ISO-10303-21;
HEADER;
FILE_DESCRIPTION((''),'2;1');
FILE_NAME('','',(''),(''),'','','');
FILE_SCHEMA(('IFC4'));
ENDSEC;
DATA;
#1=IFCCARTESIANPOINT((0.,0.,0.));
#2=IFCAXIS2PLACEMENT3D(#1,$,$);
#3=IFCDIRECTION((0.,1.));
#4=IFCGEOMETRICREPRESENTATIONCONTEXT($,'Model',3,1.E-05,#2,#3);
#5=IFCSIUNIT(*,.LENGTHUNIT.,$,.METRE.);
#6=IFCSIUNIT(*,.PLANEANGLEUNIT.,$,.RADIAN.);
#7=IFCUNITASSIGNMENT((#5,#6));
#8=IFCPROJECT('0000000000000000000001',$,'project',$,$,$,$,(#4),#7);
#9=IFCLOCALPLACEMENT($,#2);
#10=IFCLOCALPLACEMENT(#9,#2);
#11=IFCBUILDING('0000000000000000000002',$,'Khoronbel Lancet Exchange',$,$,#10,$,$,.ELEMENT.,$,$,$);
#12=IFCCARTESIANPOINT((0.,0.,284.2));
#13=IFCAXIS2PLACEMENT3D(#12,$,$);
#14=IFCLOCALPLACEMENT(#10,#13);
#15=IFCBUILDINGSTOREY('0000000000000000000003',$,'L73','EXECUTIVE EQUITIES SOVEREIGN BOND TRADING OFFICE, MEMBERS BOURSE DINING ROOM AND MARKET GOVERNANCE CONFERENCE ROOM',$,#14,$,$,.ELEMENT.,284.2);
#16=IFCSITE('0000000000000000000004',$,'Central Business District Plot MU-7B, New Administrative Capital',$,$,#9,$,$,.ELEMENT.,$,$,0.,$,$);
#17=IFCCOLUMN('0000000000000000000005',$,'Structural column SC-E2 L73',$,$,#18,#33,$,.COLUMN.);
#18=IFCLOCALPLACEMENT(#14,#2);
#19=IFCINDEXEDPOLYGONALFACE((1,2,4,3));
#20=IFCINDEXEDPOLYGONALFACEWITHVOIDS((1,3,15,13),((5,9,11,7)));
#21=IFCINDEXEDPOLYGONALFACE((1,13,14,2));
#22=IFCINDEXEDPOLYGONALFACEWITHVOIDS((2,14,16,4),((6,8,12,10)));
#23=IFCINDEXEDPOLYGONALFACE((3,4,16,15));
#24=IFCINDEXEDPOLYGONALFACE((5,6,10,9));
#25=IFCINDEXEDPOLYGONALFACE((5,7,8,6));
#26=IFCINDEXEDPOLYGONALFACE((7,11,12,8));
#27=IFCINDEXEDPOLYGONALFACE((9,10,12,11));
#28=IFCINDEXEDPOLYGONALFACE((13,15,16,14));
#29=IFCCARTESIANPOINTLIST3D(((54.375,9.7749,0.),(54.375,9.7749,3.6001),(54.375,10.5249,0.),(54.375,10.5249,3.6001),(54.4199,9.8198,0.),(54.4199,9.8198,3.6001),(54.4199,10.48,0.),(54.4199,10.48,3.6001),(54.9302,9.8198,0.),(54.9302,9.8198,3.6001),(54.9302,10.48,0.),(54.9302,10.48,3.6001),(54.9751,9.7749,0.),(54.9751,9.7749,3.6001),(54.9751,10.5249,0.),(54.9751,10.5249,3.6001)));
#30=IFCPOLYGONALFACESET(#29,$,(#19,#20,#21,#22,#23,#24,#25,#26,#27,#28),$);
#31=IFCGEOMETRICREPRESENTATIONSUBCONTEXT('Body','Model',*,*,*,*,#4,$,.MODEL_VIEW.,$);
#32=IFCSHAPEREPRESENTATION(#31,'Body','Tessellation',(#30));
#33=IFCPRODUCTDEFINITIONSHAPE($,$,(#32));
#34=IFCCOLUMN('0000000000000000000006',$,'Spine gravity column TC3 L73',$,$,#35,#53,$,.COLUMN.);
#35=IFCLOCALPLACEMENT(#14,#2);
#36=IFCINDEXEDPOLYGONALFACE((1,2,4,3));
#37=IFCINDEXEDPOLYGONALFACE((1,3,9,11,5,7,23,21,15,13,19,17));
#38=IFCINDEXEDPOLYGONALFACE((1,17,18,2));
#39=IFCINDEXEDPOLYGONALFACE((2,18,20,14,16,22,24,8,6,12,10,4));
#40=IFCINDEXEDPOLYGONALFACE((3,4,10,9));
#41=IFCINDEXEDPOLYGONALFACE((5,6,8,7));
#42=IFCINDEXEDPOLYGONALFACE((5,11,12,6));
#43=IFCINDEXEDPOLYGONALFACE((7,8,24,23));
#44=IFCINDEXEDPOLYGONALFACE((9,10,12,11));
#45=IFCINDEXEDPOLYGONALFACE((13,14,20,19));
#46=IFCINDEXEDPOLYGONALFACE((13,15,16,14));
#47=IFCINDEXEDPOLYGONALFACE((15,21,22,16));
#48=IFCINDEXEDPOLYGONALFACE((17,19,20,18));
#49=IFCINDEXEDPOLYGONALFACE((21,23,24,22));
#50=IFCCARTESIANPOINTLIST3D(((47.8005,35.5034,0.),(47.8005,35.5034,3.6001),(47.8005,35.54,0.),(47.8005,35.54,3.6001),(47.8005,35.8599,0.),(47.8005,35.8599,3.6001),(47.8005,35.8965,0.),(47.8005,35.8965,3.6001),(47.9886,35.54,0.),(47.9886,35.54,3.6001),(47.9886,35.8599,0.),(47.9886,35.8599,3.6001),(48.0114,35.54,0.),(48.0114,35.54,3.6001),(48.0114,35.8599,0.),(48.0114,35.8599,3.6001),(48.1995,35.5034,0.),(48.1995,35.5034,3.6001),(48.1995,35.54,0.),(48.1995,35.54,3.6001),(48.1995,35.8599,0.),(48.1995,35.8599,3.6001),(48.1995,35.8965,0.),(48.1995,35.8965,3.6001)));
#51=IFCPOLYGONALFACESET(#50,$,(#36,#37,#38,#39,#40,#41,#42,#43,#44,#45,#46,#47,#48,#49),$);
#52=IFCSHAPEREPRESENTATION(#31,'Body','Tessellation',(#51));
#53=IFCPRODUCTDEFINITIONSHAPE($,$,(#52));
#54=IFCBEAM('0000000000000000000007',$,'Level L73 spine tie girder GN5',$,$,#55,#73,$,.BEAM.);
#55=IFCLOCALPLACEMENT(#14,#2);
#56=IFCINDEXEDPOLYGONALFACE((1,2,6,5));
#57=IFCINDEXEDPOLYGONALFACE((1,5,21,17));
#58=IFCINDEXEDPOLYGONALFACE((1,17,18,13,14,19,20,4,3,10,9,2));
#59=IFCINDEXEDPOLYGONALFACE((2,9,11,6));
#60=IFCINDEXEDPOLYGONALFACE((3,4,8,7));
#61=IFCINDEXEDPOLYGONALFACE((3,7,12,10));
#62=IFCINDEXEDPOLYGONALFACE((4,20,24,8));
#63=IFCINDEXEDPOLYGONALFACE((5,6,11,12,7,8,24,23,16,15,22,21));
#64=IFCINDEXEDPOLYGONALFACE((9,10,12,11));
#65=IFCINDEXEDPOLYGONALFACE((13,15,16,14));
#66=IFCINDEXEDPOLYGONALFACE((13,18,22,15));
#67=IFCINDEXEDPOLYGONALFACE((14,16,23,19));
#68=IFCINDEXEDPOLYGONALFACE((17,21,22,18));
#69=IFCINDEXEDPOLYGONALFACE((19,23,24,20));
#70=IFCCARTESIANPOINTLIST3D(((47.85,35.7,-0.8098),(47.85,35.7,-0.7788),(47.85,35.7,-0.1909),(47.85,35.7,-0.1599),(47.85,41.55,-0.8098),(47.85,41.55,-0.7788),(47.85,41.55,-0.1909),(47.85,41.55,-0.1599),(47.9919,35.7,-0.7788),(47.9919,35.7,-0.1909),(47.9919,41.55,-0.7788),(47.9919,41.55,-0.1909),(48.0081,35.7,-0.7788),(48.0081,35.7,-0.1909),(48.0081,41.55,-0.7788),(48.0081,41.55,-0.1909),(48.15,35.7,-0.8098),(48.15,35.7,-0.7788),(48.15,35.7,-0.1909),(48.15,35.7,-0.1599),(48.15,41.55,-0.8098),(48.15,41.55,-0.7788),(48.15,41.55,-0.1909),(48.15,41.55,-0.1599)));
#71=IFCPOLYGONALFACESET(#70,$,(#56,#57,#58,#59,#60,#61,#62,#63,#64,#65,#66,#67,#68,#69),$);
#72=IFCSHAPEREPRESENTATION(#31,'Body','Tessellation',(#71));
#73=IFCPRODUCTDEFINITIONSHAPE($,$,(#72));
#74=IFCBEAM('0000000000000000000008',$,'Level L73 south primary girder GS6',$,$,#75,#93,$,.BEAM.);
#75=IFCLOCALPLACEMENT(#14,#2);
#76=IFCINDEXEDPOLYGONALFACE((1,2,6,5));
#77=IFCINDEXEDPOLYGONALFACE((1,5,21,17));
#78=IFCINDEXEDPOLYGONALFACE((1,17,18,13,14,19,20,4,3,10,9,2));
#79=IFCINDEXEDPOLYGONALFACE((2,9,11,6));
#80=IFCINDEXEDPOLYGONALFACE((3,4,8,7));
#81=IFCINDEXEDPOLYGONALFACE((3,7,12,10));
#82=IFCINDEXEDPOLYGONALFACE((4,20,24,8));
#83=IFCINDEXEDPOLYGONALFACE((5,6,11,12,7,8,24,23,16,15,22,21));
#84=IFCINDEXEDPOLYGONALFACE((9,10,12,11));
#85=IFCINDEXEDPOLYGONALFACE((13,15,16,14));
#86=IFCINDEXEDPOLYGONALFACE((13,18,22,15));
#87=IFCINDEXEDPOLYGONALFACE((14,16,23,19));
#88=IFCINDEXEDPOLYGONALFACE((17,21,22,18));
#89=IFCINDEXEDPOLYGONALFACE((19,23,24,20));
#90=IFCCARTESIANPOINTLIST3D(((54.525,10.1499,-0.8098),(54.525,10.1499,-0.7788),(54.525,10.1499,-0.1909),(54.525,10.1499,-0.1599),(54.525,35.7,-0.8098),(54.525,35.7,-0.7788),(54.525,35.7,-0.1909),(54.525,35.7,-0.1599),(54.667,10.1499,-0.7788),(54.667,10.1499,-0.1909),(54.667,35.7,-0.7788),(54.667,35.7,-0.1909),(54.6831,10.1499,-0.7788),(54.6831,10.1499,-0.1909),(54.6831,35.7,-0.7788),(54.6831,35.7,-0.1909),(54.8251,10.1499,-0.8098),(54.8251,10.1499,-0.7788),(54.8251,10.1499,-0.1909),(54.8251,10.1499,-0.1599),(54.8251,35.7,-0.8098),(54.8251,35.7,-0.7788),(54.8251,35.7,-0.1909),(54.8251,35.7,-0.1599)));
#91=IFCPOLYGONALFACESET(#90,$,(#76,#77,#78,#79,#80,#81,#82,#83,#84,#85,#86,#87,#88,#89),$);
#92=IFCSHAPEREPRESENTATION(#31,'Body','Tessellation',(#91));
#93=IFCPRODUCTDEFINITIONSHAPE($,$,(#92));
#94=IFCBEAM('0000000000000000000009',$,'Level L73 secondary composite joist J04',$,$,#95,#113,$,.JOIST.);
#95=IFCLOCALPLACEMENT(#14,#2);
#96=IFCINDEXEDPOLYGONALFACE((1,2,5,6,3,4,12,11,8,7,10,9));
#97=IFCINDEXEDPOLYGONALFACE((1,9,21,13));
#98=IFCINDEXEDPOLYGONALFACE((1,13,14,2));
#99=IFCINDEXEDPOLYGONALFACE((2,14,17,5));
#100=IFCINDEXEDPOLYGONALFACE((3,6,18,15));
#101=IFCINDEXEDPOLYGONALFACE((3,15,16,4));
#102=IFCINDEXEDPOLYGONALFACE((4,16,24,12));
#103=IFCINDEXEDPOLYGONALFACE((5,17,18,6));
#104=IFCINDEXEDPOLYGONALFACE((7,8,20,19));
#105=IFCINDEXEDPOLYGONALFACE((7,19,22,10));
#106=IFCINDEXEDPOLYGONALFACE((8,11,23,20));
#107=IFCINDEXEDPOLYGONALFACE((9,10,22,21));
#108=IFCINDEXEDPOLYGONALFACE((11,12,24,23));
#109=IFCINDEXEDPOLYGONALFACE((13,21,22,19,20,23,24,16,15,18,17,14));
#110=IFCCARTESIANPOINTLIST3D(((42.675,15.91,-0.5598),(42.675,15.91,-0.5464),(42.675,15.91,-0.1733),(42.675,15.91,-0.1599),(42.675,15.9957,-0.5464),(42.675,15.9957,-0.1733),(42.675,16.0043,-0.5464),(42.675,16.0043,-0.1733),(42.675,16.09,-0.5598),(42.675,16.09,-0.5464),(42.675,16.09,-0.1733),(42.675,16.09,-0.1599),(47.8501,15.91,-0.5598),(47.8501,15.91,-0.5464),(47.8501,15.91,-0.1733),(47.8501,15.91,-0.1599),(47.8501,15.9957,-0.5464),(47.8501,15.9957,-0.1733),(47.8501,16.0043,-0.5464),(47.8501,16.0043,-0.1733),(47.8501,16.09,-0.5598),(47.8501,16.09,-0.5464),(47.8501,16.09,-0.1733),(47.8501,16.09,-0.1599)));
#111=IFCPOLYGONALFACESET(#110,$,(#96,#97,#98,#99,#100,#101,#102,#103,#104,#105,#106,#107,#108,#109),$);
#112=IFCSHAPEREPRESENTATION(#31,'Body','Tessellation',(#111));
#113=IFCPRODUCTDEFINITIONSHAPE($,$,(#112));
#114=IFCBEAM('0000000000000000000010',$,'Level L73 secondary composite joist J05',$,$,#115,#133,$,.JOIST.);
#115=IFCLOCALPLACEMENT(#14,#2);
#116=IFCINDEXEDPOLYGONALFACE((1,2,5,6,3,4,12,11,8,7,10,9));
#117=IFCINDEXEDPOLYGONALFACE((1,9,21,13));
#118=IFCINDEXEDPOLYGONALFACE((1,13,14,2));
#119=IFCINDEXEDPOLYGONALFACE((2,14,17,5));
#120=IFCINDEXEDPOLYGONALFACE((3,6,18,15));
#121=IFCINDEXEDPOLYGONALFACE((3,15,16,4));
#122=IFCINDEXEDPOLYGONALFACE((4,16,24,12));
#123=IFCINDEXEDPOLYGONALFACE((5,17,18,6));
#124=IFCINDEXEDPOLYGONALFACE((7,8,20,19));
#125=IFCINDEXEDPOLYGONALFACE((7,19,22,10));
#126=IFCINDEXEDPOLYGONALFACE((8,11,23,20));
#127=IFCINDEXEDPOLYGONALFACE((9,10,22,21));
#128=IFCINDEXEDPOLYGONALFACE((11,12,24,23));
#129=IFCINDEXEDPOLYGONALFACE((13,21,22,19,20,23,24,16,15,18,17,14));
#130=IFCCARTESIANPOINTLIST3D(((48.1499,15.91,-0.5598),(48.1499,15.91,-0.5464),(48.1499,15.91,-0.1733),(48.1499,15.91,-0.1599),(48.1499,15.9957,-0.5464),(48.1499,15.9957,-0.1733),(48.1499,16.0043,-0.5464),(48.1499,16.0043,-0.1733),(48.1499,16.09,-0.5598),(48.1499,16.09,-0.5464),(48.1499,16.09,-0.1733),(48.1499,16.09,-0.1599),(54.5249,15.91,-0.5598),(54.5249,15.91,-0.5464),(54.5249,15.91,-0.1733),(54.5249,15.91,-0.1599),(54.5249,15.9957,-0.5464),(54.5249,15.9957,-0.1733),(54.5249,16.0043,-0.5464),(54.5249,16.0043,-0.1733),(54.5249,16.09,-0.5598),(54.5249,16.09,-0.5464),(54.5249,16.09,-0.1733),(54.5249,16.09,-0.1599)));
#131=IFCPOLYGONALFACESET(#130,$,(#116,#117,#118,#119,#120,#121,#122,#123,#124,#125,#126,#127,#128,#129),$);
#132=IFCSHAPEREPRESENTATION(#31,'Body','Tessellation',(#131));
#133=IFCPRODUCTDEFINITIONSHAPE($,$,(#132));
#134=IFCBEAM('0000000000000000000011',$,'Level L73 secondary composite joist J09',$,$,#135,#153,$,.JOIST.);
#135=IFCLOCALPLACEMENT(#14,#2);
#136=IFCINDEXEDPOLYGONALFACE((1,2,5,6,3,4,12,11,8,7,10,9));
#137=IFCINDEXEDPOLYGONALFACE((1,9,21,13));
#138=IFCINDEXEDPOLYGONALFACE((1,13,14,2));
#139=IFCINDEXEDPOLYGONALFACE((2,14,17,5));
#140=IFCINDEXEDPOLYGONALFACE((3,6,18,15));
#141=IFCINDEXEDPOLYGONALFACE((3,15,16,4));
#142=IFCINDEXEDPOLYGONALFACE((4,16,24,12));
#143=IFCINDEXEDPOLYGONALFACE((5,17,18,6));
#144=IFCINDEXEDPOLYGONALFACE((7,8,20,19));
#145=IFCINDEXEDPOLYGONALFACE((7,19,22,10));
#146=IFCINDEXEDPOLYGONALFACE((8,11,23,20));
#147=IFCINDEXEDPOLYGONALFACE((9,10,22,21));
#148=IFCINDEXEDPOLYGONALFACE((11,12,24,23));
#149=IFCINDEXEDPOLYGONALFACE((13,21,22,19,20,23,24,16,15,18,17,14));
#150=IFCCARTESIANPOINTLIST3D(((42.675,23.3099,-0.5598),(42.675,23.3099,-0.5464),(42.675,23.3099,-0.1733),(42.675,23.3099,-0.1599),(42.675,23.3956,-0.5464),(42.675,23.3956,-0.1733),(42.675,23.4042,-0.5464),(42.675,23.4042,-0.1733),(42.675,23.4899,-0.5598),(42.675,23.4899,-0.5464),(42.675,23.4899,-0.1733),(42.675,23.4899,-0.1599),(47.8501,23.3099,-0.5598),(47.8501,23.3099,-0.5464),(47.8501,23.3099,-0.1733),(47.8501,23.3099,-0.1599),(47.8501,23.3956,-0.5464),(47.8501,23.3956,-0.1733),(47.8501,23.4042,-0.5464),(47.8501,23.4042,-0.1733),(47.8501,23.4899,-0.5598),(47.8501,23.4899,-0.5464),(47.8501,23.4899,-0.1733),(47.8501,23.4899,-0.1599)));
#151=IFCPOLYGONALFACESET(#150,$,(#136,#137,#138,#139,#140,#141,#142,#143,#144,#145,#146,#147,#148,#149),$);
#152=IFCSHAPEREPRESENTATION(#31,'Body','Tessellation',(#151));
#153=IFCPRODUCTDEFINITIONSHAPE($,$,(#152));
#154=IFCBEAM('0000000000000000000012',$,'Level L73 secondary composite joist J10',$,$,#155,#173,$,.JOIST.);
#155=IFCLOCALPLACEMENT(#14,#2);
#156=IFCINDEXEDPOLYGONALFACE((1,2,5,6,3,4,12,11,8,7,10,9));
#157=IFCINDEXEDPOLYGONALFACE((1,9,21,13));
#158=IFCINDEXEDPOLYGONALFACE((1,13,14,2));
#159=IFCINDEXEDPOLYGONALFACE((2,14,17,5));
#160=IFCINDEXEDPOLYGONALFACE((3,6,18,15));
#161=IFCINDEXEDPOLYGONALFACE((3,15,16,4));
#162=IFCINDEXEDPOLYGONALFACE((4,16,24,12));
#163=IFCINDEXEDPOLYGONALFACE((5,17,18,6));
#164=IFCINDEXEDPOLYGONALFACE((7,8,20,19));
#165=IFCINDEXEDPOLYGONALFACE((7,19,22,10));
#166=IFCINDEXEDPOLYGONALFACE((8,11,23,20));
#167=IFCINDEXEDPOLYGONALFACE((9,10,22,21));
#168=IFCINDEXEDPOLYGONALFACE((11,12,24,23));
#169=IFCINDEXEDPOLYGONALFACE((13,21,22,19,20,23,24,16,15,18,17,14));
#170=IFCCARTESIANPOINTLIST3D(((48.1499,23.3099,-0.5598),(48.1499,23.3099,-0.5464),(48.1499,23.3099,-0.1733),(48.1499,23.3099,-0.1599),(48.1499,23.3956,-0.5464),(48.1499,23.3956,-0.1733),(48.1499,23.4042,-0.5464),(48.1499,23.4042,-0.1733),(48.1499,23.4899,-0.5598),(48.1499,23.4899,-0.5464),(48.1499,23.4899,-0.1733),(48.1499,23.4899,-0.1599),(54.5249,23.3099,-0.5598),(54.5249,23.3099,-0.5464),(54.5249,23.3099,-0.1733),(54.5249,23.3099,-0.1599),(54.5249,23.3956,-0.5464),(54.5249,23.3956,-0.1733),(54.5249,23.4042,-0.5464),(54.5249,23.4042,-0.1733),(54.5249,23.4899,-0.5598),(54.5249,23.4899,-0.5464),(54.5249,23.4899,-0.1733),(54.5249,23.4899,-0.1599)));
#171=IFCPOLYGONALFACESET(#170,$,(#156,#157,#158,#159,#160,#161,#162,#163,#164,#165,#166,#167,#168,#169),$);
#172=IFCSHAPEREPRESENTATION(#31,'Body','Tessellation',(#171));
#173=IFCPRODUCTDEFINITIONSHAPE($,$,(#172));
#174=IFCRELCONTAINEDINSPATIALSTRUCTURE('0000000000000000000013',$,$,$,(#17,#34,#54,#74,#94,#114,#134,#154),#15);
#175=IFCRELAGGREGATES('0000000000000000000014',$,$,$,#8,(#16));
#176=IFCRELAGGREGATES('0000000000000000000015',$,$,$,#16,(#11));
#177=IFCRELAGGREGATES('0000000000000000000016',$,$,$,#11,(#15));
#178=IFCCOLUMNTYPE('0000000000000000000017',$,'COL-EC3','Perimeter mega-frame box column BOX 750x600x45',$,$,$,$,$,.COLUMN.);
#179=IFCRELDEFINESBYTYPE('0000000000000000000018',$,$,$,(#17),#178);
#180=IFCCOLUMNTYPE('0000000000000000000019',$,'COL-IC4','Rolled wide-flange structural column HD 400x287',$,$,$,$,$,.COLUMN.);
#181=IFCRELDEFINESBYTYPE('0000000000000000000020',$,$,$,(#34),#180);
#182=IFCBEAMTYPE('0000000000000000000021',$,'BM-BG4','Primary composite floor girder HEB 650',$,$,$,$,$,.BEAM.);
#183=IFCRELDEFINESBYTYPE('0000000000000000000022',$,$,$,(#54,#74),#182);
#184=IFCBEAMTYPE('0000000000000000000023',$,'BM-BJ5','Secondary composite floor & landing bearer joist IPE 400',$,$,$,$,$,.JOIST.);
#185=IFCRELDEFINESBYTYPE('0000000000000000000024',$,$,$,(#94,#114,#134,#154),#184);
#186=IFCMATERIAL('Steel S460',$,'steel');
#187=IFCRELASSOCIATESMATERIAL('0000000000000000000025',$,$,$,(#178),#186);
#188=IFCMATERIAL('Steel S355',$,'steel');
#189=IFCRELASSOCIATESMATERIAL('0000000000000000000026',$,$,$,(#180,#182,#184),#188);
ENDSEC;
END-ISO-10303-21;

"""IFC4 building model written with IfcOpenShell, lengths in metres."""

from ifc_helpers import new_model, si_unit, direction, frame, origin, origin_2d, place, context, subcontext, project, spatial, hollow_rectangle, i_section, extrude, material, material_profile, profile_set, type_object, element, save


model = new_model("IFC4")

# Units and contexts
model_context = context("Model", 3, precision=1e-05, world=origin(), true_north=direction((0.0, 1.0)))
body_context = subcontext(model_context, "Body", "Model", "MODEL_VIEW")
ifc_project = project(units=[si_unit("LENGTHUNIT", "METRE"), si_unit("PLANEANGLEUNIT", "RADIAN")], contexts=[model_context])

# Site, building, storey
site_placement = place(None, origin())
site = spatial("IfcSite", under=ifc_project, at=site_placement, Name="Central Business District Plot MU-7B, New Administrative Capital", CompositionType="ELEMENT", RefElevation=0.0)
building_placement = place(site_placement, origin())
building = spatial("IfcBuilding", under=site, at=building_placement, Name="Khoronbel Lancet Exchange", CompositionType="ELEMENT")
storey_placement = place(building_placement, frame((0.0, 0.0, 284.2)))
storey = spatial("IfcBuildingStorey", under=building, at=storey_placement, Name="L73", Description="EXECUTIVE EQUITIES SOVEREIGN BOND TRADING OFFICE, MEMBERS BOURSE DINING ROOM AND MARKET GOVERNANCE CONFERENCE ROOM", CompositionType="ELEMENT", Elevation=284.2)

# Columns
ifc_material_1 = material(Name="Steel S460", Category="steel")
ifc_material_profile_1 = material_profile(ifc_material_1, hollow_rectangle(XDim=0.6001, YDim=0.75, WallThickness=0.0449, at=origin_2d()), Name="BOX 750x600x45")
ifc_profile_set_1 = profile_set([ifc_material_profile_1], Name="Steel S460")
column_type_1 = type_object("IfcColumnType", Name="COL-EC3", Description="Perimeter mega-frame box column BOX 750x600x45", PredefinedType="COLUMN", material=ifc_profile_set_1)
column_1_placement = place(storey_placement, frame((54.675, 10.1499, 0.0), z_axis=(0.0, 0.0, 1.0), x_axis=(1.0, 0.0, 0.0)))
element("IfcColumn", 1, at=column_1_placement, inside=storey, type_object=column_type_1, Name="Structural column SC-E2 L73", PredefinedType="COLUMN", context=body_context, shape_type="SweptSolid", body=[
    extrude(hollow_rectangle(XDim=0.6001, YDim=0.75, WallThickness=0.0449, at=origin_2d()), origin(), (0.0, 0.0, 1.0), 3.6001),
])
ifc_material_2 = material(Name="Steel S355", Category="steel")
ifc_material_profile_2 = material_profile(ifc_material_2, i_section(OverallWidth=0.3989, OverallDepth=0.3931, WebThickness=0.0227, FlangeThickness=0.0366, at=origin_2d()), Name="HD 400x287")
ifc_profile_set_2 = profile_set([ifc_material_profile_2], Name="Steel S355")
column_type_2 = type_object("IfcColumnType", Name="COL-IC4", Description="Rolled wide-flange structural column HD 400x287", PredefinedType="COLUMN", material=ifc_profile_set_2)
column_2_placement = place(storey_placement, frame((48.0, 35.7, 0.0), z_axis=(0.0, 0.0, 1.0), x_axis=(1.0, 0.0, 0.0)))
element("IfcColumn", 2, at=column_2_placement, inside=storey, type_object=column_type_2, Name="Spine gravity column TC3 L73", PredefinedType="COLUMN", context=body_context, shape_type="SweptSolid", body=[
    extrude(i_section(OverallWidth=0.3989, OverallDepth=0.3931, WebThickness=0.0227, FlangeThickness=0.0366, at=origin_2d()), origin(), (0.0, 0.0, 1.0), 3.6001),
])

# Beams
ifc_material_profile_3 = material_profile(ifc_material_2, i_section(OverallWidth=0.3, OverallDepth=0.6499, WebThickness=0.0161, FlangeThickness=0.031, at=origin_2d()), Name="HEB 650")
ifc_profile_set_3 = profile_set([ifc_material_profile_3], Name="Steel S355")
beam_type_1 = type_object("IfcBeamType", Name="BM-BG4", Description="Primary composite floor girder HEB 650", PredefinedType="BEAM", material=ifc_profile_set_3)
beam_1_placement = place(storey_placement, frame((48.0, 35.7, -0.4849), z_axis=(0.0, 1.0, 0.0), x_axis=(-1.0, 0.0, 0.0)))
element("IfcBeam", 3, at=beam_1_placement, inside=storey, type_object=beam_type_1, Name="Level L73 spine tie girder GN5", PredefinedType="BEAM", context=body_context, shape_type="SweptSolid", body=[
    extrude(i_section(OverallWidth=0.3, OverallDepth=0.6499, WebThickness=0.0161, FlangeThickness=0.031, at=origin_2d()), origin(), (0.0, 0.0, 1.0), 5.8501),
])
beam_2_placement = place(storey_placement, frame((54.675, 10.1499, -0.4849), z_axis=(0.0, 1.0, 0.0), x_axis=(-1.0, 0.0, 0.0)))
element("IfcBeam", 4, at=beam_2_placement, inside=storey, type_object=beam_type_1, Name="Level L73 south primary girder GS6", PredefinedType="BEAM", context=body_context, shape_type="SweptSolid", body=[
    extrude(i_section(OverallWidth=0.3, OverallDepth=0.6499, WebThickness=0.0161, FlangeThickness=0.031, at=origin_2d()), origin(), (0.0, 0.0, 1.0), 25.55),
])
ifc_material_profile_4 = material_profile(ifc_material_2, i_section(OverallWidth=0.1799, OverallDepth=0.3999, WebThickness=0.0085, FlangeThickness=0.0134, at=origin_2d()), Name="IPE 400")
ifc_profile_set_4 = profile_set([ifc_material_profile_4], Name="Steel S355")
beam_type_2 = type_object("IfcBeamType", Name="BM-BJ5", Description="Secondary composite floor & landing bearer joist IPE 400", PredefinedType="JOIST", material=ifc_profile_set_4)
beam_3_placement = place(storey_placement, frame((42.675, 16.0, -0.3599), z_axis=(1.0, 0.0, 0.0), x_axis=(0.0, 1.0, 0.0)))
element("IfcBeam", 5, at=beam_3_placement, inside=storey, type_object=beam_type_2, Name="Level L73 secondary composite joist J04", PredefinedType="JOIST", context=body_context, shape_type="SweptSolid", body=[
    extrude(i_section(OverallWidth=0.1799, OverallDepth=0.3999, WebThickness=0.0085, FlangeThickness=0.0134, at=origin_2d()), origin(), (0.0, 0.0, 1.0), 5.175),
])
beam_4_placement = place(storey_placement, frame((48.1499, 16.0, -0.3599), z_axis=(1.0, 0.0, 0.0), x_axis=(0.0, 1.0, 0.0)))
element("IfcBeam", 6, at=beam_4_placement, inside=storey, type_object=beam_type_2, Name="Level L73 secondary composite joist J05", PredefinedType="JOIST", context=body_context, shape_type="SweptSolid", body=[
    extrude(i_section(OverallWidth=0.1799, OverallDepth=0.3999, WebThickness=0.0085, FlangeThickness=0.0134, at=origin_2d()), origin(), (0.0, 0.0, 1.0), 6.375),
])
beam_5_placement = place(storey_placement, frame((42.675, 23.3999, -0.3599), z_axis=(1.0, 0.0, 0.0), x_axis=(0.0, 1.0, 0.0)))
element("IfcBeam", 7, at=beam_5_placement, inside=storey, type_object=beam_type_2, Name="Level L73 secondary composite joist J09", PredefinedType="JOIST", context=body_context, shape_type="SweptSolid", body=[
    extrude(i_section(OverallWidth=0.1799, OverallDepth=0.3999, WebThickness=0.0085, FlangeThickness=0.0134, at=origin_2d()), origin(), (0.0, 0.0, 1.0), 5.175),
])
beam_6_placement = place(storey_placement, frame((48.1499, 23.3999, -0.3599), z_axis=(1.0, 0.0, 0.0), x_axis=(0.0, 1.0, 0.0)))
element("IfcBeam", 8, at=beam_6_placement, inside=storey, type_object=beam_type_2, Name="Level L73 secondary composite joist J10", PredefinedType="JOIST", context=body_context, shape_type="SweptSolid", body=[
    extrude(i_section(OverallWidth=0.1799, OverallDepth=0.3999, WebThickness=0.0085, FlangeThickness=0.0134, at=origin_2d()), origin(), (0.0, 0.0, 1.0), 6.375),
])

save(model, "model.ifc")
